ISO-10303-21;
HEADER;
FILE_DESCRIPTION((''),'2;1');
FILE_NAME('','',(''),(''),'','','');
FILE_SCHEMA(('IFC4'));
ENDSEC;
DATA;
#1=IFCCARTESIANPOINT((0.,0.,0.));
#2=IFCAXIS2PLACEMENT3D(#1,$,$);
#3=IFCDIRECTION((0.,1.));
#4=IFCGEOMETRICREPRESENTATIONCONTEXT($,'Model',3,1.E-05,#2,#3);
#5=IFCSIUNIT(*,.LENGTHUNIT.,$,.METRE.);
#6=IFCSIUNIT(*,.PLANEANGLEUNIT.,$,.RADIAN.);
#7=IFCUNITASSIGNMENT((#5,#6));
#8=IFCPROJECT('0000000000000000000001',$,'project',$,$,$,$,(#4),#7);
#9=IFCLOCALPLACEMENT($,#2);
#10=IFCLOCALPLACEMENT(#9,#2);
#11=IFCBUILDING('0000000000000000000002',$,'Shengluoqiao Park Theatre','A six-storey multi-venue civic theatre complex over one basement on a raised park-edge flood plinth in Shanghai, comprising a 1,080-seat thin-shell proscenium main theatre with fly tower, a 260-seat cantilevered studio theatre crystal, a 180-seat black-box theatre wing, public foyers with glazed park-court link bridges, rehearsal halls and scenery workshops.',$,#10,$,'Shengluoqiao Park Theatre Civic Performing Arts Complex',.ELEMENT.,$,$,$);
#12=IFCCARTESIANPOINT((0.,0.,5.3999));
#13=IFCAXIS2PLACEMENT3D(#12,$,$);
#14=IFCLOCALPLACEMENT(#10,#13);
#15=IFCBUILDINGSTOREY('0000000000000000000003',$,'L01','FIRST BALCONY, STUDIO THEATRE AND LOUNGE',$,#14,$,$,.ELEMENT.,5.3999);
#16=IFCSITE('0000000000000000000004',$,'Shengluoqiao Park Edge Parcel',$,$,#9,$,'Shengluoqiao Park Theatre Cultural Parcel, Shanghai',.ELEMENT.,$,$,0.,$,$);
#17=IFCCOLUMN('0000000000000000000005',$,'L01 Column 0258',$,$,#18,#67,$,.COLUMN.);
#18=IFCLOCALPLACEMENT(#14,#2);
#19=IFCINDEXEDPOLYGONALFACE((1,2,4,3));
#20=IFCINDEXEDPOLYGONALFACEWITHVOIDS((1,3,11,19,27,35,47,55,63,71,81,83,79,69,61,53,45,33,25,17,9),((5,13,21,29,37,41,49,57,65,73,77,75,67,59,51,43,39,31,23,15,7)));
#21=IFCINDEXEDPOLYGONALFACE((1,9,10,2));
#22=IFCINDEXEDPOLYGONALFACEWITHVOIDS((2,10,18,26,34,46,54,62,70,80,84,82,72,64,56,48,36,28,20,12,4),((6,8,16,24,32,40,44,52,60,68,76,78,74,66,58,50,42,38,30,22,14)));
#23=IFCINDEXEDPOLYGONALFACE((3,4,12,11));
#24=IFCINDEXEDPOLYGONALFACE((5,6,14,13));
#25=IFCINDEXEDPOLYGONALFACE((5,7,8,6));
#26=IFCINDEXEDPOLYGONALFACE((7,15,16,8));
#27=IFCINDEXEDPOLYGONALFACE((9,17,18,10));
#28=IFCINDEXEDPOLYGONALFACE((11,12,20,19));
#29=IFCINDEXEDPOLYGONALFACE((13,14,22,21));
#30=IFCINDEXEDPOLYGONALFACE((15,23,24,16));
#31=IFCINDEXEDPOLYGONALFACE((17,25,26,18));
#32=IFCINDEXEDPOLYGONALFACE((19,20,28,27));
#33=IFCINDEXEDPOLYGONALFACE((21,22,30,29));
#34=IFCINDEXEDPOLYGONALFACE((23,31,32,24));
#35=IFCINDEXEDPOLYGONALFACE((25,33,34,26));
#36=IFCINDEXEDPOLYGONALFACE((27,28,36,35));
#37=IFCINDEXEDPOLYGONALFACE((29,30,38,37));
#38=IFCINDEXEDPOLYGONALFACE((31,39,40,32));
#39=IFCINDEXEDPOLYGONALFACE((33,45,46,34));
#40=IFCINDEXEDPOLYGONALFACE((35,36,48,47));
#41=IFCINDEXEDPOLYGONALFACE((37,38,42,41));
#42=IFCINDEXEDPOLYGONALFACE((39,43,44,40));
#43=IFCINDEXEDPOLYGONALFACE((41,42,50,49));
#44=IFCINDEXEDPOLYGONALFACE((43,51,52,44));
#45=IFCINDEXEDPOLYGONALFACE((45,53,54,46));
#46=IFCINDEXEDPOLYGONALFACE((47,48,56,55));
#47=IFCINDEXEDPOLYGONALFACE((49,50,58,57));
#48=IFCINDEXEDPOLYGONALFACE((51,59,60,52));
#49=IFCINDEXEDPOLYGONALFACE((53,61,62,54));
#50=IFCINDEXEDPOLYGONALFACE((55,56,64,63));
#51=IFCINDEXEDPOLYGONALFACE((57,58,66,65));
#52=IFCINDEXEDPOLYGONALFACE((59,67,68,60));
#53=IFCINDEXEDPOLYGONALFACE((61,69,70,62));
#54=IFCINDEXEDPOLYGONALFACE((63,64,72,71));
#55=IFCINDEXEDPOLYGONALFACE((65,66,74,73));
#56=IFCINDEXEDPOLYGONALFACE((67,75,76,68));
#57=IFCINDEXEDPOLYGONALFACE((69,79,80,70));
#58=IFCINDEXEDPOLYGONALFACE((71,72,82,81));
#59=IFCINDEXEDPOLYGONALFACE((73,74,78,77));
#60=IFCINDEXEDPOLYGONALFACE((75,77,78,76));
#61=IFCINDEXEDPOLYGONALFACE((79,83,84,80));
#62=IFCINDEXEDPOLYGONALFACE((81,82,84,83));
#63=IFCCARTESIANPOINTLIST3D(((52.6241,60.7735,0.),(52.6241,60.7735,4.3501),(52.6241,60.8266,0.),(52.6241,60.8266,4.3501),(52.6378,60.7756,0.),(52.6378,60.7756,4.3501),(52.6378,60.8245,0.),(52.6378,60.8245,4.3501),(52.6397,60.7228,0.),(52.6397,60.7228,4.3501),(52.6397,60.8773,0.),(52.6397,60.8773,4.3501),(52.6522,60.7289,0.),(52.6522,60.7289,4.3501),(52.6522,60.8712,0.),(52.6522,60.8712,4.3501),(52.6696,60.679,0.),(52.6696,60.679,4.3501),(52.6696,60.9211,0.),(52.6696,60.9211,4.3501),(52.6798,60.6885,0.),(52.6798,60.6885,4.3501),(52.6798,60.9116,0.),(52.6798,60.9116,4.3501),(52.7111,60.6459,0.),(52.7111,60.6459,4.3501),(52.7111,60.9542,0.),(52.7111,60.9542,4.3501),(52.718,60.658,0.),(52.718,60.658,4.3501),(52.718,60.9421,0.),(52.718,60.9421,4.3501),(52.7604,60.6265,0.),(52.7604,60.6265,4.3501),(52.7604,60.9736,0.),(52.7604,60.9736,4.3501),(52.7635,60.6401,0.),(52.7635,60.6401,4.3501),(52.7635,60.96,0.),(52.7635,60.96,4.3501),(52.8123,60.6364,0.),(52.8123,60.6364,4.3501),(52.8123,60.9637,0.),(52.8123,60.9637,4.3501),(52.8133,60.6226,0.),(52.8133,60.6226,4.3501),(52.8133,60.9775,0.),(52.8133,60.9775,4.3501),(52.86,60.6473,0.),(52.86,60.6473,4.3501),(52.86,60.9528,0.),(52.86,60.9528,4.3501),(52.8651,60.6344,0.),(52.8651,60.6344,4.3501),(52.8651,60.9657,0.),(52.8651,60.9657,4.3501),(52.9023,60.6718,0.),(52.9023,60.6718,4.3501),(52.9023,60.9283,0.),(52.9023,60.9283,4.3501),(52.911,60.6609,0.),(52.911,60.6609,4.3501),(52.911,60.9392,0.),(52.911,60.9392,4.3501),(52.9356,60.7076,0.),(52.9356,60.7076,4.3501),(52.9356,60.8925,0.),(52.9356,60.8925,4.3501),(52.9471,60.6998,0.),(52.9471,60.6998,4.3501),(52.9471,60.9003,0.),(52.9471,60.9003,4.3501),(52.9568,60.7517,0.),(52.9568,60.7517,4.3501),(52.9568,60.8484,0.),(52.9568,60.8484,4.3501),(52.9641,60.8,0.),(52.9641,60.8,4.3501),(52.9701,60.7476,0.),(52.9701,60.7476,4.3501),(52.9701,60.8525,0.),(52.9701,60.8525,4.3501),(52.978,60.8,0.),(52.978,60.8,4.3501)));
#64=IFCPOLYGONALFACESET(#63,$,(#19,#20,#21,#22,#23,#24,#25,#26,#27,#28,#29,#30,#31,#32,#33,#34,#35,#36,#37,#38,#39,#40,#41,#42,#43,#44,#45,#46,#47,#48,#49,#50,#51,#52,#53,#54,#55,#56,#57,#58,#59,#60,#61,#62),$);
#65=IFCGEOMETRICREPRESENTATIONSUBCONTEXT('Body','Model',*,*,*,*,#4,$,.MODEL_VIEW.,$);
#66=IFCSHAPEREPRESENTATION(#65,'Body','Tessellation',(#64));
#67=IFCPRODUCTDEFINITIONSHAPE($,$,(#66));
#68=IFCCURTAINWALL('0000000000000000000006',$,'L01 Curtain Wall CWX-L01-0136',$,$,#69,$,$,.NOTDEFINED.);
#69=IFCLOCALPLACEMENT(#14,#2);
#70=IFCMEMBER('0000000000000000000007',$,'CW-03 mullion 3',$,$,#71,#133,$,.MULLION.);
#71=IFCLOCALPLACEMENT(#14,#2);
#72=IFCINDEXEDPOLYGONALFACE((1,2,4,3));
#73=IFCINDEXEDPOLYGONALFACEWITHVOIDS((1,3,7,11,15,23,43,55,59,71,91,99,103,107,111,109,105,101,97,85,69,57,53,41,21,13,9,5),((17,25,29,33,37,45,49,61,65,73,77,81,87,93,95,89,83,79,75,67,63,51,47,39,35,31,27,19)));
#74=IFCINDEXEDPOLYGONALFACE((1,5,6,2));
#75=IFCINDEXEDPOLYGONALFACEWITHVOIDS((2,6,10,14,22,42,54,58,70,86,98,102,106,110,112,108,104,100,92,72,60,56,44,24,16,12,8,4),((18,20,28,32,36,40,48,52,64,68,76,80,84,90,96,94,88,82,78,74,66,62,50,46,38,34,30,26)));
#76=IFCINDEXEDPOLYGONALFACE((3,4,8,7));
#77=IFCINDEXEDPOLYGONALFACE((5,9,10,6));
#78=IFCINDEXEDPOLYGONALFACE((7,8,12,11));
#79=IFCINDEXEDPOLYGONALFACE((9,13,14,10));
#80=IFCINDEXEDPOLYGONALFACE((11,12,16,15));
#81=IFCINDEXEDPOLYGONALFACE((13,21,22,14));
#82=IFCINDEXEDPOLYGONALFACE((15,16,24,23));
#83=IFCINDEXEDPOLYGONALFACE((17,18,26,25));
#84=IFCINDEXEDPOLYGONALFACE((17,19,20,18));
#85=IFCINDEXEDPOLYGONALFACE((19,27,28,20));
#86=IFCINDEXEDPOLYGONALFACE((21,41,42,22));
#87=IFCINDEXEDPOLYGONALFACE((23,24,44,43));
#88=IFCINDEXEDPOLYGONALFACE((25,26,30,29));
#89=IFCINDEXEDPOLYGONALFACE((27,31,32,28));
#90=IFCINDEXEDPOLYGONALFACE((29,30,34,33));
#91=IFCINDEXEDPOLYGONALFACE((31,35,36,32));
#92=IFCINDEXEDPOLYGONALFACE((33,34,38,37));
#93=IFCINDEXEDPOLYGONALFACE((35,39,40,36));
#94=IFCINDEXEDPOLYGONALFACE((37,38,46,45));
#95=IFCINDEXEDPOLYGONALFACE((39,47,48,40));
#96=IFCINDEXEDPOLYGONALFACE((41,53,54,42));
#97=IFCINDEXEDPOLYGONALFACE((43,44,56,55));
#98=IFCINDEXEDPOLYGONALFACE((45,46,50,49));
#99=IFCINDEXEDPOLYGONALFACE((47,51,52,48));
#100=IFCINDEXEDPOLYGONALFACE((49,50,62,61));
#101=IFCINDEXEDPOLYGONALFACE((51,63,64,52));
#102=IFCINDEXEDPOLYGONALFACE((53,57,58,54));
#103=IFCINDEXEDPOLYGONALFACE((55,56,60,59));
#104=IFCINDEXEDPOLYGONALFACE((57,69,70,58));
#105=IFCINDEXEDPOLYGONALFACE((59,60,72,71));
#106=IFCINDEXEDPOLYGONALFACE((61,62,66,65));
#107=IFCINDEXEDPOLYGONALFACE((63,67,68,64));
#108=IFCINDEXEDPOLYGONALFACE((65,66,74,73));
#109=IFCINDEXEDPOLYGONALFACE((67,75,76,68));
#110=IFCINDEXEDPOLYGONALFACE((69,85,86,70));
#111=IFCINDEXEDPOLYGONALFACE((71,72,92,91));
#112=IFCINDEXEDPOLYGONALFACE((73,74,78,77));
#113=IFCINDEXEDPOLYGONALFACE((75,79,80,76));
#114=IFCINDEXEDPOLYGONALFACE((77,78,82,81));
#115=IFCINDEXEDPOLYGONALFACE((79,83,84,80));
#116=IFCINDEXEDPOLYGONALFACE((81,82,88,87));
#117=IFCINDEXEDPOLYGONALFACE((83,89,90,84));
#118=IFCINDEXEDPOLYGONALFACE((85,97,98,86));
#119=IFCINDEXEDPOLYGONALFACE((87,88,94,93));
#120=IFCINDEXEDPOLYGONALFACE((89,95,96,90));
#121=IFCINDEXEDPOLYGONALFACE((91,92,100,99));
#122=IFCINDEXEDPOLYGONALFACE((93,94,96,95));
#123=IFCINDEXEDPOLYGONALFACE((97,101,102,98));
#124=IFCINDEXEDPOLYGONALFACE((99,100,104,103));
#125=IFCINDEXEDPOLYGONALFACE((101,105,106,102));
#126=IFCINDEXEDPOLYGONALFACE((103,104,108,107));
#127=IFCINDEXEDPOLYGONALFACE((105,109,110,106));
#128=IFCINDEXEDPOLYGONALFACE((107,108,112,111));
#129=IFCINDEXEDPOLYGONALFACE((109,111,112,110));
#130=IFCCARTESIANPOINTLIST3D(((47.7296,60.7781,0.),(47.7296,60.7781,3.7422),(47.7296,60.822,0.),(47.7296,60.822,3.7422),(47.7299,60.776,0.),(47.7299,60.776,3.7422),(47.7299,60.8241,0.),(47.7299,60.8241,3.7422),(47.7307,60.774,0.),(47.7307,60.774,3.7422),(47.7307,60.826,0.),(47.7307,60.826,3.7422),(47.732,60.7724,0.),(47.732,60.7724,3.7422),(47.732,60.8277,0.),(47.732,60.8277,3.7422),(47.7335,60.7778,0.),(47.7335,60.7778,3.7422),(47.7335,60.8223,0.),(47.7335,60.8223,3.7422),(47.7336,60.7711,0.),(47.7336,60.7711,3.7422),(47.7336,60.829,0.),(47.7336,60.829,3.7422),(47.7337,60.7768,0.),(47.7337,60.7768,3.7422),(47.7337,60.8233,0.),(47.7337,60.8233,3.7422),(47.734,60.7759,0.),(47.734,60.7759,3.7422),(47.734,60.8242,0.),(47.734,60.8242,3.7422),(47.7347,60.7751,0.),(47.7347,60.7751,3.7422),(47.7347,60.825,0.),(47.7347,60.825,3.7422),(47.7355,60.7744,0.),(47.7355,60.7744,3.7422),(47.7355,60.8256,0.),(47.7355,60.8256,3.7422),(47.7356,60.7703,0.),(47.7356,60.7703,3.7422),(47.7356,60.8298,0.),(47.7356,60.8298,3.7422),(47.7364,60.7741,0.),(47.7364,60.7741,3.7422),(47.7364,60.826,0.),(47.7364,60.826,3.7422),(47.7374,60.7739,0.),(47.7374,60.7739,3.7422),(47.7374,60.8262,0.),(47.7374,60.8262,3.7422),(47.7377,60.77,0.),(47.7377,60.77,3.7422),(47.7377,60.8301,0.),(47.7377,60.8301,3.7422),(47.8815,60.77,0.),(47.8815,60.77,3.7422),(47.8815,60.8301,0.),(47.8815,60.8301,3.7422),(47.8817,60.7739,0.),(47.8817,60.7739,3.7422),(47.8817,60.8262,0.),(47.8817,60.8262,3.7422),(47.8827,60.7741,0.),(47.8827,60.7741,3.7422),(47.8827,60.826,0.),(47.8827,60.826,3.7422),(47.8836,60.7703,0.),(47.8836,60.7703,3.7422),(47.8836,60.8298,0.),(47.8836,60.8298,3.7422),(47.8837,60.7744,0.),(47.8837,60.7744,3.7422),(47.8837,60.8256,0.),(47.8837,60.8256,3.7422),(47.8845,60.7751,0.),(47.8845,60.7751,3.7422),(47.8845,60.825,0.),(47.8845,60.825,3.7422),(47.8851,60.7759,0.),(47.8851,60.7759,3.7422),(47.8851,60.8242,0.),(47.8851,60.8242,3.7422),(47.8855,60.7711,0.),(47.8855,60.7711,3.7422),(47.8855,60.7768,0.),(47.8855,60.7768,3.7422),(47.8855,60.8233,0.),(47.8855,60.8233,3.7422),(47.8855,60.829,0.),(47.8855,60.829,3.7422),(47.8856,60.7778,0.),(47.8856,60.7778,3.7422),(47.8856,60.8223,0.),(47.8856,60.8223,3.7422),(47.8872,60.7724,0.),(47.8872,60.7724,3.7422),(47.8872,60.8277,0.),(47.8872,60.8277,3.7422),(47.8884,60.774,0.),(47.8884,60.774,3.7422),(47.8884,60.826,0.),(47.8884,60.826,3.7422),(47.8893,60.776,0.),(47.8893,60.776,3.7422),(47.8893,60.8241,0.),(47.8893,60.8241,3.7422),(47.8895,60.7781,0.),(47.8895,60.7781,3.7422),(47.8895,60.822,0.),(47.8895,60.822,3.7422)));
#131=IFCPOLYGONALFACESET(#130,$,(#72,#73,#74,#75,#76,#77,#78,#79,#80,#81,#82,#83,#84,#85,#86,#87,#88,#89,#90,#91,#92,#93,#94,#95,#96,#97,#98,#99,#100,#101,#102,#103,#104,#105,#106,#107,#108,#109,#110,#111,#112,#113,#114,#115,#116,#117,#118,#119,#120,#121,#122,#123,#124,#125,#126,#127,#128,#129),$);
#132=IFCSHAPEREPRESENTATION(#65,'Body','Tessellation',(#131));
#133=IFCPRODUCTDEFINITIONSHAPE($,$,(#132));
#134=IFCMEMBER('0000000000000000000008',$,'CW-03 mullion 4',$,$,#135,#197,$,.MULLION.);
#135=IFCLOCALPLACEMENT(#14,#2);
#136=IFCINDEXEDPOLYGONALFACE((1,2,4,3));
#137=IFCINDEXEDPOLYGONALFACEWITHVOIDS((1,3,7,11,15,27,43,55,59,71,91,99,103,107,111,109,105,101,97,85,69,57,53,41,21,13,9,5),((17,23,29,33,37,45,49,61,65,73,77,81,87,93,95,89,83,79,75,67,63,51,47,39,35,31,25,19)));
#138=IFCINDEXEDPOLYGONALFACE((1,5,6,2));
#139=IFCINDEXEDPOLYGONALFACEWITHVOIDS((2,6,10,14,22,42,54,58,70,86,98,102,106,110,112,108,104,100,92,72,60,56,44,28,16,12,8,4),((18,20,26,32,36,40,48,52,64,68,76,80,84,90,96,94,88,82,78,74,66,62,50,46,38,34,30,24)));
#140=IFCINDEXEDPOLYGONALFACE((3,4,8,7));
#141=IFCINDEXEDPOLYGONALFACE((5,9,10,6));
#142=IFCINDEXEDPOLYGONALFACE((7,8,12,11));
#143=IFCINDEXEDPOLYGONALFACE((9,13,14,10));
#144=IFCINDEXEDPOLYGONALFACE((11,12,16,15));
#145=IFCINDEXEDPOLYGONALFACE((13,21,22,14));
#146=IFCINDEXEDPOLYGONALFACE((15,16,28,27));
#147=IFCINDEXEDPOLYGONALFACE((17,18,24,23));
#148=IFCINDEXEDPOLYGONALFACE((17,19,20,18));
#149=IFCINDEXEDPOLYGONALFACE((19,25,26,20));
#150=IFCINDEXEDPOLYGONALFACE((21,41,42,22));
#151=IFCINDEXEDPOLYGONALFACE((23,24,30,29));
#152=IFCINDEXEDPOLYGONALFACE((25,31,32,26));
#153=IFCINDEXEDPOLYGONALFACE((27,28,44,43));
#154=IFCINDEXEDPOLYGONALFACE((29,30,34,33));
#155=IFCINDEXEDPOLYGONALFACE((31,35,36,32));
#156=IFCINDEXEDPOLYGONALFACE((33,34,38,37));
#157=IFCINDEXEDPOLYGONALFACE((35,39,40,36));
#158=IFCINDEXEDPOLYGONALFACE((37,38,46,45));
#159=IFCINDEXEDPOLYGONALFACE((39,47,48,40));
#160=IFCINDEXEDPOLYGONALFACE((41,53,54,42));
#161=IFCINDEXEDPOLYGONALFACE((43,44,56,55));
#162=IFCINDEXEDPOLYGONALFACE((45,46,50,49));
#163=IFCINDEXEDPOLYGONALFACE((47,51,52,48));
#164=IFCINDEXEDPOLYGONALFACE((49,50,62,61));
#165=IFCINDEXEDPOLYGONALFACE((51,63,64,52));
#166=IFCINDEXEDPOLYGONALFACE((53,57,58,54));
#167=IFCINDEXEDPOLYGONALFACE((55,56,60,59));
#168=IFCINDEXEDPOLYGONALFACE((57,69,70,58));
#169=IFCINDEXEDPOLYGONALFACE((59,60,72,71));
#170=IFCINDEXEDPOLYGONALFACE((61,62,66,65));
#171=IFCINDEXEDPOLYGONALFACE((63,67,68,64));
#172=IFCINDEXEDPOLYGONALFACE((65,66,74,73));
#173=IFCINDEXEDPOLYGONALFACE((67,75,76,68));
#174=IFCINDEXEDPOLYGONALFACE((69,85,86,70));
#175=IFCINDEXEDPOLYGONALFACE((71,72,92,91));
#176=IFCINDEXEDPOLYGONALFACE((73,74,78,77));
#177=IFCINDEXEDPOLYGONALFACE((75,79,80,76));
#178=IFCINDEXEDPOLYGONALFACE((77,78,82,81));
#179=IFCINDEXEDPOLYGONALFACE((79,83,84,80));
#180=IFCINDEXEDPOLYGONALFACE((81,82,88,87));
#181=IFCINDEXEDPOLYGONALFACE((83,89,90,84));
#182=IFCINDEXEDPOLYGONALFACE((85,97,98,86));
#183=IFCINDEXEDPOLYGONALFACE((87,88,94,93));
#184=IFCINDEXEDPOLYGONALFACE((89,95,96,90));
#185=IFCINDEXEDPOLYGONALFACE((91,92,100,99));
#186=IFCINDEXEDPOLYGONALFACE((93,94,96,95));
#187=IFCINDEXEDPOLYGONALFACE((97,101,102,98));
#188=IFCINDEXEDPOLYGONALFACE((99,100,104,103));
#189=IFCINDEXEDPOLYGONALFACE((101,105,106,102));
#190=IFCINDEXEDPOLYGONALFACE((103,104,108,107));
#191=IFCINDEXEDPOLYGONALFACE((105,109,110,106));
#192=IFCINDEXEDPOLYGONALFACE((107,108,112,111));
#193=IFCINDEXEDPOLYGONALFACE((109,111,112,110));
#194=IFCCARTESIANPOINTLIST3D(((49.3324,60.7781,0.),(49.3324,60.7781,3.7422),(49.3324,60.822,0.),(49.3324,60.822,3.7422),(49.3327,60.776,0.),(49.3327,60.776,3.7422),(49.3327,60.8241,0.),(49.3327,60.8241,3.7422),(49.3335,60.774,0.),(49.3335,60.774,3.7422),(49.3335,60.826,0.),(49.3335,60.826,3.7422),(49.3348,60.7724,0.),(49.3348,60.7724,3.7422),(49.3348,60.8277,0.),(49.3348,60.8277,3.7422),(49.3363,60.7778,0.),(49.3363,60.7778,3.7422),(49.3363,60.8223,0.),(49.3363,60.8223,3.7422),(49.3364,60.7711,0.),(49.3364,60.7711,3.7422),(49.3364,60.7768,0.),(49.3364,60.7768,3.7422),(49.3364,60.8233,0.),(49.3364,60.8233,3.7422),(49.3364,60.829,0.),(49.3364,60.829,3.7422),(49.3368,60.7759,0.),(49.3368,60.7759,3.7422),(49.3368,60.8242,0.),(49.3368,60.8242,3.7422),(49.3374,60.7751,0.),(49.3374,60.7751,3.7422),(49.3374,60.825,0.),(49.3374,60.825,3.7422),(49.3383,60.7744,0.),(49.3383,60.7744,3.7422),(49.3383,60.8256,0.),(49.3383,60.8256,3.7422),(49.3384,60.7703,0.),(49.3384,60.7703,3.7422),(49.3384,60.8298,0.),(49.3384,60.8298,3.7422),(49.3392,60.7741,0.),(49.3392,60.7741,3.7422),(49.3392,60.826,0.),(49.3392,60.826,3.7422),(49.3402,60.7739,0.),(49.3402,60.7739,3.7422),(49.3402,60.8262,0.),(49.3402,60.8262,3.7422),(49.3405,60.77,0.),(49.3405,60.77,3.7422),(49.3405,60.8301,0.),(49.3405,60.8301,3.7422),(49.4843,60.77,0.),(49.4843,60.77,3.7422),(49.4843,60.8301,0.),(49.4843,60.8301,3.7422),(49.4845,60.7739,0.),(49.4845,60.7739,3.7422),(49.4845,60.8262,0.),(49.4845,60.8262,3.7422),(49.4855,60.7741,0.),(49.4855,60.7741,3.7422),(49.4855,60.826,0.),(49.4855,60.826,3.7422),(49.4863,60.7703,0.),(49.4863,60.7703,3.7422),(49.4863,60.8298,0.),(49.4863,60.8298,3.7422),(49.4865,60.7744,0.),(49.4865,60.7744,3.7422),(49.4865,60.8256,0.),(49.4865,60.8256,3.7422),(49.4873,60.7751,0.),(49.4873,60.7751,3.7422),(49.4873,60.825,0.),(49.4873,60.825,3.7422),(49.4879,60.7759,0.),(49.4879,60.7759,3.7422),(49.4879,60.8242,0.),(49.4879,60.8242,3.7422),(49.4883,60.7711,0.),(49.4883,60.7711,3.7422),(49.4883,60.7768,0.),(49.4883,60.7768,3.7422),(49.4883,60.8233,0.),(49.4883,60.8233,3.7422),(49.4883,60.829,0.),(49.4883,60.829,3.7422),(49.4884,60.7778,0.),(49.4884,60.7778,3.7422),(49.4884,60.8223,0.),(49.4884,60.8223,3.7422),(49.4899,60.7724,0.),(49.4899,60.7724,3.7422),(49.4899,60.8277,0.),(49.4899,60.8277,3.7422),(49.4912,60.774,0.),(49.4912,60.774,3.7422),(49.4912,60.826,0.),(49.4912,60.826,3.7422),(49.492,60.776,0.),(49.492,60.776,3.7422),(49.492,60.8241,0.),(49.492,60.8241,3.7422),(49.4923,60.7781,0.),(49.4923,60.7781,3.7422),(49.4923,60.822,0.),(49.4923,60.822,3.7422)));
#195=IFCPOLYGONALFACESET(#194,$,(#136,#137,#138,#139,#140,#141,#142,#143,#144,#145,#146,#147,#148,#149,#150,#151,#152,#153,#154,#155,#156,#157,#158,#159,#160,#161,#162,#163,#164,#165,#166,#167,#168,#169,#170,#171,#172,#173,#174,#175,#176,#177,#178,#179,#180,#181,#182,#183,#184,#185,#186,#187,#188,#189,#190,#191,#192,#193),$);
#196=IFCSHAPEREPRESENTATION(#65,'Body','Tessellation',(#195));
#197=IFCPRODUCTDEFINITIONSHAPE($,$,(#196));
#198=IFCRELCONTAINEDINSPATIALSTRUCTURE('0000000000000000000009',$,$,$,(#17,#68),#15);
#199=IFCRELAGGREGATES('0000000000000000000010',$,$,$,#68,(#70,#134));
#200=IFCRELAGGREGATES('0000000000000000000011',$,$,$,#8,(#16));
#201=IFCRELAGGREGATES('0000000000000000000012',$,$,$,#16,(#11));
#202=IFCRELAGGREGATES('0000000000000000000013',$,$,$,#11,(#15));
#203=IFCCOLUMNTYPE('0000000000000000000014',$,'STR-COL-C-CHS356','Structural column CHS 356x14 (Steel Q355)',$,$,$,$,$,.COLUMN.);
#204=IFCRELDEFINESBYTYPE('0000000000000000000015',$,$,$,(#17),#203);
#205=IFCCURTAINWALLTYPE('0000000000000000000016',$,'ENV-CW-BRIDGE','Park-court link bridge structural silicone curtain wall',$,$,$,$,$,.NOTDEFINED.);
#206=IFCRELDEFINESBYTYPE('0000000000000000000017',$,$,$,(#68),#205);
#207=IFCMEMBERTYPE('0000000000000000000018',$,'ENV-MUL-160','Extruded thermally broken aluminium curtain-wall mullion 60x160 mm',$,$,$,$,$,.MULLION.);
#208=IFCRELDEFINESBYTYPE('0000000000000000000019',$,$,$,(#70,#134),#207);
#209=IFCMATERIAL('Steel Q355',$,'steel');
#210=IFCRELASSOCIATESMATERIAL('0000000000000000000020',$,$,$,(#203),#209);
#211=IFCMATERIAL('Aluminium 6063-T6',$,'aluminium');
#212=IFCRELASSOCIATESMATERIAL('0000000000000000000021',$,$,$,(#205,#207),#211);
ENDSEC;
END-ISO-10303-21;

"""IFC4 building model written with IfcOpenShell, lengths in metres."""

from ifc_helpers import new_model, si_unit, direction, frame, origin, origin_2d, place, context, subcontext, project, spatial, hollow_rectangle, hollow_circle, extrude, material, material_profile, profile_set, type_object, element, aggregate, save


model = new_model("IFC4")

# Units and contexts
model_context = context("Model", 3, precision=1e-05, world=origin(), true_north=direction((0.0, 1.0)))
body_context = subcontext(model_context, "Body", "Model", "MODEL_VIEW")
ifc_project = project(units=[si_unit("LENGTHUNIT", "METRE"), si_unit("PLANEANGLEUNIT", "RADIAN")], contexts=[model_context])

# Site, building, storey
site_placement = place(None, origin())
site = spatial("IfcSite", under=ifc_project, at=site_placement, Name="Shengluoqiao Park Edge Parcel", LongName="Shengluoqiao Park Theatre Cultural Parcel, Shanghai", CompositionType="ELEMENT", RefElevation=0.0)
building_placement = place(site_placement, origin())
building = spatial("IfcBuilding", under=site, at=building_placement, Name="Shengluoqiao Park Theatre", Description="A six-storey multi-venue civic theatre complex over one basement on a raised park-edge flood plinth in Shanghai, comprising a 1,080-seat thin-shell proscenium main theatre with fly tower, a 260-seat cantilevered studio theatre crystal, a 180-seat black-box theatre wing, public foyers with glazed park-court link bridges, rehearsal halls and scenery workshops.", LongName="Shengluoqiao Park Theatre Civic Performing Arts Complex", CompositionType="ELEMENT")
storey_placement = place(building_placement, frame((0.0, 0.0, 5.3999)))
storey = spatial("IfcBuildingStorey", under=building, at=storey_placement, Name="L01", Description="FIRST BALCONY, STUDIO THEATRE AND LOUNGE", CompositionType="ELEMENT", Elevation=5.3999)

# Column
ifc_material_1 = material(Name="Steel Q355", Category="steel")
ifc_material_profile_1 = material_profile(ifc_material_1, hollow_circle(Radius=0.178, WallThickness=0.0139, at=origin_2d()), Name="CHS 356x14")
ifc_profile_set_1 = profile_set([ifc_material_profile_1], Name="Steel Q355")
column_type = type_object("IfcColumnType", Name="STR-COL-C-CHS356", Description="Structural column CHS 356x14 (Steel Q355)", PredefinedType="COLUMN", material=ifc_profile_set_1)
column_placement = place(storey_placement, frame((52.8, 60.8, 0.0), z_axis=(0.0, 0.0, 1.0), x_axis=(1.0, 0.0, 0.0)))
element("IfcColumn", 1, at=column_placement, inside=storey, type_object=column_type, Name="L01 Column 0258", PredefinedType="COLUMN", context=body_context, shape_type="SweptSolid", body=[
    extrude(hollow_circle(Radius=0.178, WallThickness=0.0139, at=origin_2d()), origin(), (0.0, 0.0, 1.0), 4.3501),
])

# Curtain wall, members
ifc_material_2 = material(Name="Aluminium 6063-T6", Category="aluminium")
curtain_wall_type = type_object("IfcCurtainWallType", Name="ENV-CW-BRIDGE", Description="Park-court link bridge structural silicone curtain wall", PredefinedType="NOTDEFINED", material=ifc_material_2)
curtain_wall_1_placement = place(storey_placement, origin())
curtain_wall_1 = element("IfcCurtainWall", 2, at=curtain_wall_1_placement, inside=storey, type_object=curtain_wall_type, Name="L01 Curtain Wall CWX-L01-0136", PredefinedType="NOTDEFINED")
ifc_material_profile_2 = material_profile(ifc_material_2, hollow_rectangle(XDim=0.0601, YDim=0.1599, WallThickness=0.0039, InnerFilletRadius=0.0039, OuterFilletRadius=0.0081, at=origin_2d()), Name="ALU MULLION 160x60x4")
ifc_profile_set_2 = profile_set([ifc_material_profile_2], Name="Aluminium 6063-T6")
member_type_1 = type_object("IfcMemberType", Name="ENV-MUL-160", Description="Extruded thermally broken aluminium curtain-wall mullion 60x160 mm", PredefinedType="MULLION", material=ifc_profile_set_2)
member_1_placement = place(storey_placement, frame((47.8096, 60.8, 0.0), z_axis=(0.0, 0.0, 1.0), x_axis=(0.0, 1.0, 0.0)))
member_1 = element("IfcMember", 3, at=member_1_placement, type_object=member_type_1, Name="CW-03 mullion 3", PredefinedType="MULLION", context=body_context, shape_type="SweptSolid", body=[
    extrude(hollow_rectangle(XDim=0.0601, YDim=0.1599, WallThickness=0.0039, InnerFilletRadius=0.0039, OuterFilletRadius=0.0081, at=origin_2d()), origin(), (0.0, 0.0, 1.0), 3.7422),
])
member_2_placement = place(storey_placement, frame((49.4124, 60.8, 0.0), z_axis=(0.0, 0.0, 1.0), x_axis=(0.0, 1.0, 0.0)))
member_2 = element("IfcMember", 4, at=member_2_placement, type_object=member_type_1, Name="CW-03 mullion 4", PredefinedType="MULLION", context=body_context, shape_type="SweptSolid", body=[
    extrude(hollow_rectangle(XDim=0.0601, YDim=0.1599, WallThickness=0.0039, InnerFilletRadius=0.0039, OuterFilletRadius=0.0081, at=origin_2d()), origin(), (0.0, 0.0, 1.0), 3.7422),
])

aggregate(curtain_wall_1, [member_1, member_2])

save(model, "model.ifc")
